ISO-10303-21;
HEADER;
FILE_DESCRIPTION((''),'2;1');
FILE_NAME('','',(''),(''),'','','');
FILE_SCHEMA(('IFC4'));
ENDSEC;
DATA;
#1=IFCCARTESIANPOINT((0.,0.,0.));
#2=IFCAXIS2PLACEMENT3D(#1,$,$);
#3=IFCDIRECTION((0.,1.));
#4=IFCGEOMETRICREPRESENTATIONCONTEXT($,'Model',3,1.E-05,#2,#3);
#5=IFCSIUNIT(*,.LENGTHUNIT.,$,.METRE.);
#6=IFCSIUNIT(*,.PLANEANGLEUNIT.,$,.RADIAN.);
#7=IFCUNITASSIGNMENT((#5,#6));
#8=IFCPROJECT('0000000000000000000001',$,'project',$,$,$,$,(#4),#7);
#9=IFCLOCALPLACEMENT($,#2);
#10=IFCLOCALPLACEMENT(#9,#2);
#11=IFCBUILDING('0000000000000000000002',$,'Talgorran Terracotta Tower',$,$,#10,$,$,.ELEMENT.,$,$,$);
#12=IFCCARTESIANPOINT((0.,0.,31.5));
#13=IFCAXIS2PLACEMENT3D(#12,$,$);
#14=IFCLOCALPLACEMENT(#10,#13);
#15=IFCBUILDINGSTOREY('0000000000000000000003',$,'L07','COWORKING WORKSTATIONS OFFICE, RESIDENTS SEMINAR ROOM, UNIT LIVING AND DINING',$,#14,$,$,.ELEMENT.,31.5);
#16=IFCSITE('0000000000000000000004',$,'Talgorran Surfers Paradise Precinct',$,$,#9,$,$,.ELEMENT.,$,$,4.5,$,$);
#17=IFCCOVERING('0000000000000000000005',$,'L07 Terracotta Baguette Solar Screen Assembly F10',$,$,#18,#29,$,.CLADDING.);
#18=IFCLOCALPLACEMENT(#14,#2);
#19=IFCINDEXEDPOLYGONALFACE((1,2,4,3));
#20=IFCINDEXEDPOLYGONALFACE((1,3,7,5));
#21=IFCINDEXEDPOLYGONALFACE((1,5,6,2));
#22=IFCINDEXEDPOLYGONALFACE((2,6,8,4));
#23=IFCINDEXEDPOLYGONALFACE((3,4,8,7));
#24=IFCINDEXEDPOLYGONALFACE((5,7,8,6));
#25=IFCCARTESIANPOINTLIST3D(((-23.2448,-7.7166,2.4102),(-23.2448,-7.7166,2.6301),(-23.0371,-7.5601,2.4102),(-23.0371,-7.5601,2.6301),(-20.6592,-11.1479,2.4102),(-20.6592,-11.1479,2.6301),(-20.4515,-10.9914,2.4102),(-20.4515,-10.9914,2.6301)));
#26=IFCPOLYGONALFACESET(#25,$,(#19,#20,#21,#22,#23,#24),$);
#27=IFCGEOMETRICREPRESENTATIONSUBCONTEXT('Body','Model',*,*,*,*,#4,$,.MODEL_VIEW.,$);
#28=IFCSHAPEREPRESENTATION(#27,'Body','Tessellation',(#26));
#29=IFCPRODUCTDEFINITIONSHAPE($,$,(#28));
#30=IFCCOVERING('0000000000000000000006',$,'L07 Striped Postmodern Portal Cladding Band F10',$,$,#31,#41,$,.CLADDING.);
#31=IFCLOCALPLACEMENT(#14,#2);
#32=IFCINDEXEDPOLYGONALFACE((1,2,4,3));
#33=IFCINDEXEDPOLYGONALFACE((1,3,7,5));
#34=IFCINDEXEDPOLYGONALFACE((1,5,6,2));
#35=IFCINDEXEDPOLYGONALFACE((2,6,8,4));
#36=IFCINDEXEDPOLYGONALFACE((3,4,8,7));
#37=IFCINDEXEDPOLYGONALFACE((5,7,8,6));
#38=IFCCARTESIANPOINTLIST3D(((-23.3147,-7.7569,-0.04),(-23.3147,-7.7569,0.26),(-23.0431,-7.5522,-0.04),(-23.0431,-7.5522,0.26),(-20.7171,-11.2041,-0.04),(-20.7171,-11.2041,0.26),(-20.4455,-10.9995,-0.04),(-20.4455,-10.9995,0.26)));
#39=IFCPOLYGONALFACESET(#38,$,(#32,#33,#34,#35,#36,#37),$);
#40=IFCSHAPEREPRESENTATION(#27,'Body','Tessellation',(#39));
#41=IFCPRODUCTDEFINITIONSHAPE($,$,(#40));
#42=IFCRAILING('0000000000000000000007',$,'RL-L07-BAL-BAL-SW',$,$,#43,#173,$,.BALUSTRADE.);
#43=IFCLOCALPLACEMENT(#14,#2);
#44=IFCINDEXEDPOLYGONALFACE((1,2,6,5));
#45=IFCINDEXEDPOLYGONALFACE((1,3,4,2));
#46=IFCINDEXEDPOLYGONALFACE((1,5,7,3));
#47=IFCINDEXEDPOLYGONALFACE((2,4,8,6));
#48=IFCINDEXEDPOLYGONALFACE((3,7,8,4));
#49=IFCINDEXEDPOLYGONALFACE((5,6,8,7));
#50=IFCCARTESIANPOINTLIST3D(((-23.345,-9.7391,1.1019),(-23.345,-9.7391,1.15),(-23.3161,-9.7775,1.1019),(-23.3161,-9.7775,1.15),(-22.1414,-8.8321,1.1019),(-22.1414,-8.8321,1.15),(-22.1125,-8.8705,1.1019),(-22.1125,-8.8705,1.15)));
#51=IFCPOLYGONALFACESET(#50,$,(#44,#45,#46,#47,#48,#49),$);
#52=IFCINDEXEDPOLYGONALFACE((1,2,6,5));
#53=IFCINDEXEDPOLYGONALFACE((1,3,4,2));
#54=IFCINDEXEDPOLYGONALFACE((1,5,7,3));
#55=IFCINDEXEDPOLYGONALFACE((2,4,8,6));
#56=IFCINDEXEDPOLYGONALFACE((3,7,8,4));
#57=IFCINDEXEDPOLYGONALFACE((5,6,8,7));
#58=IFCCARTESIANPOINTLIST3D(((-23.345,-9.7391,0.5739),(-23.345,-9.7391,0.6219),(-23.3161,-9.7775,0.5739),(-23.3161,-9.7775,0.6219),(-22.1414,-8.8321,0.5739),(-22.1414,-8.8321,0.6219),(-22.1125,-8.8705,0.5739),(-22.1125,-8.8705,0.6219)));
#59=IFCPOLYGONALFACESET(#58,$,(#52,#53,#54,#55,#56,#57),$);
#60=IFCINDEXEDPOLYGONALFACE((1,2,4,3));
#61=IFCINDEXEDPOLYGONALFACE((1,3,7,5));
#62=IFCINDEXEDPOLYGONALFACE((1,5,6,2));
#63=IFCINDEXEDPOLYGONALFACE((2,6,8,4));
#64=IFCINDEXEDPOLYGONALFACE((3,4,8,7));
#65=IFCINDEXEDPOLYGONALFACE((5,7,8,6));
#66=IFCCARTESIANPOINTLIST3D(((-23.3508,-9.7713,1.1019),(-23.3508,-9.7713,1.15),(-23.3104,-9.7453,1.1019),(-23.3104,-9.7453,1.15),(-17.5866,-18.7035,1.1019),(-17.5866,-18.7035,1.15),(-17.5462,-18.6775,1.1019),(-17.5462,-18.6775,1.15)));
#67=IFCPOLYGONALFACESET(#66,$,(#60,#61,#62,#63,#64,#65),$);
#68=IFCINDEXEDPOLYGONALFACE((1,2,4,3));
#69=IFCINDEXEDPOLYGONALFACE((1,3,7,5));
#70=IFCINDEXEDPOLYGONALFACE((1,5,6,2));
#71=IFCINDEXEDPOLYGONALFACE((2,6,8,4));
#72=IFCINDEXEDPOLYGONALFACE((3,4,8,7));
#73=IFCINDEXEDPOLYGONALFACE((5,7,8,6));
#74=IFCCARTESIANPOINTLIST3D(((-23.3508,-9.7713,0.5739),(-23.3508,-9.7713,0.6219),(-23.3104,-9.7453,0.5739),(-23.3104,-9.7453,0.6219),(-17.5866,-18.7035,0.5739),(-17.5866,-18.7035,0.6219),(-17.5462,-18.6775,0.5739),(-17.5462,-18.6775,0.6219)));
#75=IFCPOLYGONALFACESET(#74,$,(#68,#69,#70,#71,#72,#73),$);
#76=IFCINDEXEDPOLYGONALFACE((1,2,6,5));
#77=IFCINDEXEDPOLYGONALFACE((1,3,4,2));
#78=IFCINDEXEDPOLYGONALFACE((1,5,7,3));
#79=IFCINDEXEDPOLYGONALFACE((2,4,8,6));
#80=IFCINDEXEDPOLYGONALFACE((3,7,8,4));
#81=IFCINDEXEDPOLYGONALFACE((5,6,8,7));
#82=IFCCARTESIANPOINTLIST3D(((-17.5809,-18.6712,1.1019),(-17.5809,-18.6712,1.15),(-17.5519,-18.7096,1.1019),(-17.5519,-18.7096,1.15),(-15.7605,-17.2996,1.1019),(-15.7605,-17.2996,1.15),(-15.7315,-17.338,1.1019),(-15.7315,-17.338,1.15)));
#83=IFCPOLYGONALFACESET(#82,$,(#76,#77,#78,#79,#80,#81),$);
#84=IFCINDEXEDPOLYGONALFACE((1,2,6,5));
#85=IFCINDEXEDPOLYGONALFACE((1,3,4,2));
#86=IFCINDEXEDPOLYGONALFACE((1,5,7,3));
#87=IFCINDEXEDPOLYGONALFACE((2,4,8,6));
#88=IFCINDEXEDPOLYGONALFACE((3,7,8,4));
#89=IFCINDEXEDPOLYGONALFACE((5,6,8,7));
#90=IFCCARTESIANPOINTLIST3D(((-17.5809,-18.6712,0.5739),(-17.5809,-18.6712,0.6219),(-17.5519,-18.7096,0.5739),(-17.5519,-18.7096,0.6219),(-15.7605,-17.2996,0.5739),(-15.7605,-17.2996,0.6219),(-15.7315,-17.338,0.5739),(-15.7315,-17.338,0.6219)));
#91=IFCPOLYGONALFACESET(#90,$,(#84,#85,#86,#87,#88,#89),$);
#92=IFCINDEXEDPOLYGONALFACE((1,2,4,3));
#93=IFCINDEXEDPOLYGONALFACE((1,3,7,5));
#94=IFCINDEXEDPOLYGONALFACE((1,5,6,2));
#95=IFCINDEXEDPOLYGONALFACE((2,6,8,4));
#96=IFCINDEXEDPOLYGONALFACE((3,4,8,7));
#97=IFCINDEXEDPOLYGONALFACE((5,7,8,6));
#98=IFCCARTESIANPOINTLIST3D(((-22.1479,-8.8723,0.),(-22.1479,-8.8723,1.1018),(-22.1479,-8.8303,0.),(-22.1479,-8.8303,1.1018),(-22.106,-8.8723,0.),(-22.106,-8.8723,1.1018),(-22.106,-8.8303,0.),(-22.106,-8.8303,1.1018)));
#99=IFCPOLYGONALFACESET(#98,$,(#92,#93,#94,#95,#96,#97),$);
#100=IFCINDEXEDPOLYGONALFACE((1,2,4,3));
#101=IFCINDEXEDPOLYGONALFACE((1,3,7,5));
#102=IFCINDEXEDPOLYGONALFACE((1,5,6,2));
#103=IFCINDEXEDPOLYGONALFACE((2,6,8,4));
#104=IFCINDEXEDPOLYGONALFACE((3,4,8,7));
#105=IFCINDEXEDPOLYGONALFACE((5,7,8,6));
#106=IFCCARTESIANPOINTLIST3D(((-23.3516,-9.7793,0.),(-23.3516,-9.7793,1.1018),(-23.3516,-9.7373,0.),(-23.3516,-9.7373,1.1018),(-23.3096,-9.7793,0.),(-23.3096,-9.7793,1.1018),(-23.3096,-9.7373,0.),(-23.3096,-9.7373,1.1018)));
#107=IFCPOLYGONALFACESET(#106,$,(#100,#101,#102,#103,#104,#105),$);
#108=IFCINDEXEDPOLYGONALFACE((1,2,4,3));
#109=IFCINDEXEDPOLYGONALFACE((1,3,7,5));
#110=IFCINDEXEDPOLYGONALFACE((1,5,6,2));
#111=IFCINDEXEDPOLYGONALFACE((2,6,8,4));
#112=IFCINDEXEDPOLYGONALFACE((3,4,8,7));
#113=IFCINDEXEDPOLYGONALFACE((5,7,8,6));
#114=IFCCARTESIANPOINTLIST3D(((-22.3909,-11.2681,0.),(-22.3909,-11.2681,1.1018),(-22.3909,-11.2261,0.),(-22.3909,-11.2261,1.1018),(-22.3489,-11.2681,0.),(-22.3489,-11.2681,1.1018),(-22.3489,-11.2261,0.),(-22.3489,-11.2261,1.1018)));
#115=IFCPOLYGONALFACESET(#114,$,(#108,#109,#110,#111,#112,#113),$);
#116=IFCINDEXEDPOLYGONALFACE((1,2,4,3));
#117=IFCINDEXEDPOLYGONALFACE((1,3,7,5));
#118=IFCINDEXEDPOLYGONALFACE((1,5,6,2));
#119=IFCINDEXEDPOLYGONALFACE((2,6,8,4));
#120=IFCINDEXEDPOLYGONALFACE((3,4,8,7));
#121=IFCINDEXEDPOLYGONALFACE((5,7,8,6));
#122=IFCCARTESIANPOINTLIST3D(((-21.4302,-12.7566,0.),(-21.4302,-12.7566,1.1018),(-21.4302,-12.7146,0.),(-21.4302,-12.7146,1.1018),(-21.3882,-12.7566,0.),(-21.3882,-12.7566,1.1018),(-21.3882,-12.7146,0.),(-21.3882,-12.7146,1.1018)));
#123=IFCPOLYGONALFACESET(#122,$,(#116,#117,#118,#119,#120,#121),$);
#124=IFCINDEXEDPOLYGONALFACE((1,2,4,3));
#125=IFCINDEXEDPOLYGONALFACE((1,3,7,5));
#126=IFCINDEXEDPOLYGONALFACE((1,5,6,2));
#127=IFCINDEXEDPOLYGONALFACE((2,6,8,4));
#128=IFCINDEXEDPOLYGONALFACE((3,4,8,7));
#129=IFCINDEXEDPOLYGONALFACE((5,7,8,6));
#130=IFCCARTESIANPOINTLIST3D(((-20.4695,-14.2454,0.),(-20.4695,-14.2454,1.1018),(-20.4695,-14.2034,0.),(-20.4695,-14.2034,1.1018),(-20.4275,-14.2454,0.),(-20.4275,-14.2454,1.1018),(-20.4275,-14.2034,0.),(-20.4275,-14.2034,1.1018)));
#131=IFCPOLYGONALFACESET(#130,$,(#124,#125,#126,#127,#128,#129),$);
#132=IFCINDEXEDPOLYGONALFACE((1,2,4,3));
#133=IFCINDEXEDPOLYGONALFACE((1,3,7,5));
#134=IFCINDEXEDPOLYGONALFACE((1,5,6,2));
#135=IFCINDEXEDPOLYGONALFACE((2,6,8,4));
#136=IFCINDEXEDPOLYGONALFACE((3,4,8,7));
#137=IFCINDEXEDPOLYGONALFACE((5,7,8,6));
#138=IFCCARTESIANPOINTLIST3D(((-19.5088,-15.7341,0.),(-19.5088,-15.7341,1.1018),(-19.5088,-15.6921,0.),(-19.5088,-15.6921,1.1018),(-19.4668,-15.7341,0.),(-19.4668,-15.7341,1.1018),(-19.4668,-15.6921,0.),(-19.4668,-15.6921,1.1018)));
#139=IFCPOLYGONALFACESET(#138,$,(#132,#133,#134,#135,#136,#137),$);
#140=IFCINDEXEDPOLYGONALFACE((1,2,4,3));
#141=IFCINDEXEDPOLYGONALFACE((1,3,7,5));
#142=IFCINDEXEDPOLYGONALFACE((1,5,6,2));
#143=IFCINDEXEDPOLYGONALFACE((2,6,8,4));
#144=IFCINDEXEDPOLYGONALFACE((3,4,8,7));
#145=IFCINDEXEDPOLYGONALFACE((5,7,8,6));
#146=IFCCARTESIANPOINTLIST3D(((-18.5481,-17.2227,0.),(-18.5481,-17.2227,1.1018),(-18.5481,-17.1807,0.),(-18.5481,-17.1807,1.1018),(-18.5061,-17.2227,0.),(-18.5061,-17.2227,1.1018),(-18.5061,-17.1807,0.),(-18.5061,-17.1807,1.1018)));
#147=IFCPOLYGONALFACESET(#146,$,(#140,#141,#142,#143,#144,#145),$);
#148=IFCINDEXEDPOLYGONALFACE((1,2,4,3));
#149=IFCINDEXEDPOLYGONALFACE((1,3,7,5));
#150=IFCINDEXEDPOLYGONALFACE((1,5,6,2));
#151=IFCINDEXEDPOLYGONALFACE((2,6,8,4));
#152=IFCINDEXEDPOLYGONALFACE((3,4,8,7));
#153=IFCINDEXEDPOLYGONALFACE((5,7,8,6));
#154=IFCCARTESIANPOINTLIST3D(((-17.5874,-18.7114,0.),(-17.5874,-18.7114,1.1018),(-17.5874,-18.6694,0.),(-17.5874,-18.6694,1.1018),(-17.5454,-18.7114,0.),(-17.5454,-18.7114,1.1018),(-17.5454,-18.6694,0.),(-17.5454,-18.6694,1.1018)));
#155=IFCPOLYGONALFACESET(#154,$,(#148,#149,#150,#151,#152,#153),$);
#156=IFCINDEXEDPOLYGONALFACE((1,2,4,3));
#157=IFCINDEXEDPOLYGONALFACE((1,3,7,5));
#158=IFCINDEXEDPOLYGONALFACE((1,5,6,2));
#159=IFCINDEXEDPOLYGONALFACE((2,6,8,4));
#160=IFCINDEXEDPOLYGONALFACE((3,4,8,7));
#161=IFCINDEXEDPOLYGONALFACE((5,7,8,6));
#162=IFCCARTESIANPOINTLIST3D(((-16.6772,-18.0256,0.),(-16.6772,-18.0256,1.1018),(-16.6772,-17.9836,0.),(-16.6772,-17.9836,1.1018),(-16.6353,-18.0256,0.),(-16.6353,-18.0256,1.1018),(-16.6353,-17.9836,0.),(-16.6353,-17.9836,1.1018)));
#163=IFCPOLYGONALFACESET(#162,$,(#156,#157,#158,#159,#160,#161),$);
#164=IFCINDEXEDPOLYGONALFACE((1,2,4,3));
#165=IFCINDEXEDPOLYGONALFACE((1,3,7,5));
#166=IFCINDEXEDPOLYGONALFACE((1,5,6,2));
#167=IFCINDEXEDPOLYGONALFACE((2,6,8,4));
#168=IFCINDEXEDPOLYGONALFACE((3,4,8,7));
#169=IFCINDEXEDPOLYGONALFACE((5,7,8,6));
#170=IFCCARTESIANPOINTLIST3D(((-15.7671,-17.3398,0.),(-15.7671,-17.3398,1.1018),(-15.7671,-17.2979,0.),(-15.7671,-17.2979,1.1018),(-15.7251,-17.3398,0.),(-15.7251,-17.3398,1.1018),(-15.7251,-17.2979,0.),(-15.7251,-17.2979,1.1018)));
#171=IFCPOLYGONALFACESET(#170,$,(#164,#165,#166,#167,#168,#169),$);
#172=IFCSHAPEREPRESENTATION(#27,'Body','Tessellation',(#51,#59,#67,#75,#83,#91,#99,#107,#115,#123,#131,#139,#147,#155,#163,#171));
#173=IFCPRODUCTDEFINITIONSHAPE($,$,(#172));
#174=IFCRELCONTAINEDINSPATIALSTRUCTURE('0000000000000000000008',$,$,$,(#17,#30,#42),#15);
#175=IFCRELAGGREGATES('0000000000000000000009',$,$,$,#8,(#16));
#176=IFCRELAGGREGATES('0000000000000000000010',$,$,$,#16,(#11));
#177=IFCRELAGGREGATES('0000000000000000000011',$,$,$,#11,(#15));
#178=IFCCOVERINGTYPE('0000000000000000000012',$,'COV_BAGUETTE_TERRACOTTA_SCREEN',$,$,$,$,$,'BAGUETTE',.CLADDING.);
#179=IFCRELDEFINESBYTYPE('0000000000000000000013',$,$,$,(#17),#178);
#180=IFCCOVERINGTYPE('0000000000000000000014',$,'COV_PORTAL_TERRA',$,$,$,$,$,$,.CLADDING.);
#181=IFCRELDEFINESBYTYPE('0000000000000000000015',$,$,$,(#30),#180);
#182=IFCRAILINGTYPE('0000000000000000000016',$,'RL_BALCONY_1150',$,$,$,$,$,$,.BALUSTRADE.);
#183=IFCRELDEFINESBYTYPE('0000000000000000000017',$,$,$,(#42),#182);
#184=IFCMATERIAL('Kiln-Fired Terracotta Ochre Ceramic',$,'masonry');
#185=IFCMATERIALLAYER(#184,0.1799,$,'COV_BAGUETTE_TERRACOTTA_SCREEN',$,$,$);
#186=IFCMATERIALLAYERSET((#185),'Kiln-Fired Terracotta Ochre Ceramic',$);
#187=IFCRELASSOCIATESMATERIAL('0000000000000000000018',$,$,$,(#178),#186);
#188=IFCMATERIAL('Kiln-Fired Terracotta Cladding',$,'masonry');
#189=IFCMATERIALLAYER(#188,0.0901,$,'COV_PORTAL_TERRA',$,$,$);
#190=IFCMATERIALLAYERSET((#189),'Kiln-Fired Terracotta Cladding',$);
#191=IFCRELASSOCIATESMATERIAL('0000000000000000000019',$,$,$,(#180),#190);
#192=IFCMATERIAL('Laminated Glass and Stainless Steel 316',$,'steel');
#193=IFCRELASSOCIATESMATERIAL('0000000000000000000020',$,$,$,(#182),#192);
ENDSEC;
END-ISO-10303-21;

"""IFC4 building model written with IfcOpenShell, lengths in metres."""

from ifc_helpers import new_model, si_unit, direction, frame, origin, origin_2d, place, context, subcontext, project, spatial, rectangle, extrude, material, layer, layer_set, type_object, element, save


model = new_model("IFC4")

# Units and contexts
model_context = context("Model", 3, precision=1e-05, world=origin(), true_north=direction((0.0, 1.0)))
body_context = subcontext(model_context, "Body", "Model", "MODEL_VIEW")
ifc_project = project(units=[si_unit("LENGTHUNIT", "METRE"), si_unit("PLANEANGLEUNIT", "RADIAN")], contexts=[model_context])

# Site, building, storey
site_placement = place(None, origin())
site = spatial("IfcSite", under=ifc_project, at=site_placement, Name="Talgorran Surfers Paradise Precinct", CompositionType="ELEMENT", RefElevation=4.5)
building_placement = place(site_placement, origin())
building = spatial("IfcBuilding", under=site, at=building_placement, Name="Talgorran Terracotta Tower", CompositionType="ELEMENT")
storey_placement = place(building_placement, frame((0.0, 0.0, 31.5)))
storey = spatial("IfcBuildingStorey", under=building, at=storey_placement, Name="L07", Description="COWORKING WORKSTATIONS OFFICE, RESIDENTS SEMINAR ROOM, UNIT LIVING AND DINING", CompositionType="ELEMENT", Elevation=31.5)

# Coverings
ifc_material_1 = material(Name="Kiln-Fired Terracotta Ochre Ceramic", Category="masonry")
ifc_layer_1 = layer(ifc_material_1, 0.1799, Name="COV_BAGUETTE_TERRACOTTA_SCREEN")
ifc_layer_set_1 = layer_set([ifc_layer_1], Name="Kiln-Fired Terracotta Ochre Ceramic")
covering_type_1 = type_object("IfcCoveringType", Name="COV_BAGUETTE_TERRACOTTA_SCREEN", ElementType="BAGUETTE", PredefinedType="CLADDING", material=ifc_layer_set_1)
covering_1_placement = place(storey_placement, frame((-21.8481, -9.354, 2.4102), z_axis=(0.0, 0.0, 1.0), x_axis=(0.601801, -0.798646, 0.0)))
element("IfcCovering", 1, at=covering_1_placement, inside=storey, type_object=covering_type_1, Name="L07 Terracotta Baguette Solar Screen Assembly F10", PredefinedType="CLADDING", context=body_context, shape_type="SweptSolid", body=[
    extrude(rectangle(XDim=4.2964, YDim=0.26, at=origin_2d()), origin(), (0.0, 0.0, 1.0), 0.22),
])
ifc_material_2 = material(Name="Kiln-Fired Terracotta Cladding", Category="masonry")
ifc_layer_2 = layer(ifc_material_2, 0.0901, Name="COV_PORTAL_TERRA")
ifc_layer_set_2 = layer_set([ifc_layer_2], Name="Kiln-Fired Terracotta Cladding")
covering_type_2 = type_object("IfcCoveringType", Name="COV_PORTAL_TERRA", PredefinedType="CLADDING", material=ifc_layer_set_2)
covering_2_placement = place(storey_placement, frame((-21.8801, -9.3782, -0.04), z_axis=(0.0, 0.0, 1.0), x_axis=(0.601801, -0.798646, 0.0)))
element("IfcCovering", 2, at=covering_2_placement, inside=storey, type_object=covering_type_2, Name="L07 Striped Postmodern Portal Cladding Band F10", PredefinedType="CLADDING", context=body_context, shape_type="SweptSolid", body=[
    extrude(rectangle(XDim=4.3164, YDim=0.3401, at=origin_2d()), origin(), (0.0, 0.0, 1.0), 0.3),
])

# Railing
ifc_material_3 = material(Name="Laminated Glass and Stainless Steel 316", Category="steel")
railing_type_1 = type_object("IfcRailingType", Name="RL_BALCONY_1150", PredefinedType="BALUSTRADE", material=ifc_material_3)
railing_1_placement = place(storey_placement, frame((-22.127, -8.8513, 0.0)))
element("IfcRailing", 3, at=railing_1_placement, inside=storey, type_object=railing_type_1, Name="RL-L07-BAL-BAL-SW", PredefinedType="BALUSTRADE", context=body_context, shape_type="SweptSolid", body=[
    extrude(rectangle(XDim=0.0481, YDim=0.0481, at=origin_2d()), frame((0.0, 0.0, 1.126), z_axis=(-0.798637, -0.601813, 0.0), x_axis=(0.601813, -0.798637, 0.0)), (0.0, 0.0, 1.0), 1.5071),
    extrude(rectangle(XDim=0.0481, YDim=0.0481, at=origin_2d()), frame((0.0, 0.0, 0.5979), z_axis=(-0.798637, -0.601813, 0.0), x_axis=(0.601813, -0.798637, 0.0)), (0.0, 0.0, 1.0), 1.5071),
    extrude(rectangle(XDim=0.0481, YDim=0.0481, at=origin_2d()), frame((-1.2036, -0.907, 1.126), z_axis=(0.542226, -0.840233, 0.0), x_axis=(0.840233, 0.542226, 0.0)), (0.0, 0.0, 1.0), 10.6306),
    extrude(rectangle(XDim=0.0481, YDim=0.0481, at=origin_2d()), frame((-1.2036, -0.907, 0.5979), z_axis=(0.542226, -0.840233, 0.0), x_axis=(0.840233, 0.542226, 0.0)), (0.0, 0.0, 1.0), 10.6306),
    extrude(rectangle(XDim=0.0481, YDim=0.0481, at=origin_2d()), frame((4.5605, -9.8391, 1.126), z_axis=(0.798661, 0.601781, 0.0), x_axis=(-0.601781, 0.798661, 0.0)), (0.0, 0.0, 1.0), 2.2793),
    extrude(rectangle(XDim=0.0481, YDim=0.0481, at=origin_2d()), frame((4.5605, -9.8391, 0.5979), z_axis=(0.798661, 0.601781, 0.0), x_axis=(-0.601781, 0.798661, 0.0)), (0.0, 0.0, 1.0), 2.2793),
    extrude(rectangle(XDim=0.042, YDim=0.042, at=origin_2d()), origin(), (0.0, 0.0, 1.0), 1.1018),
    extrude(rectangle(XDim=0.042, YDim=0.042, at=origin_2d()), frame((-1.2036, -0.907, 0.0)), (0.0, 0.0, 1.0), 1.1018),
    extrude(rectangle(XDim=0.042, YDim=0.042, at=origin_2d()), frame((-0.2429, -2.3958, 0.0)), (0.0, 0.0, 1.0), 1.1018),
    extrude(rectangle(XDim=0.042, YDim=0.042, at=origin_2d()), frame((0.7178, -3.8843, 0.0)), (0.0, 0.0, 1.0), 1.1018),
    extrude(rectangle(XDim=0.042, YDim=0.042, at=origin_2d()), frame((1.6785, -5.373, 0.0)), (0.0, 0.0, 1.0), 1.1018),
    extrude(rectangle(XDim=0.042, YDim=0.042, at=origin_2d()), frame((2.6392, -6.8618, 0.0)), (0.0, 0.0, 1.0), 1.1018),
    extrude(rectangle(XDim=0.042, YDim=0.042, at=origin_2d()), frame((3.5999, -8.3503, 0.0)), (0.0, 0.0, 1.0), 1.1018),
    extrude(rectangle(XDim=0.042, YDim=0.042, at=origin_2d()), frame((4.5605, -9.8391, 0.0)), (0.0, 0.0, 1.0), 1.1018),
    extrude(rectangle(XDim=0.042, YDim=0.042, at=origin_2d()), frame((5.4707, -9.1533, 0.0)), (0.0, 0.0, 1.0), 1.1018),
    extrude(rectangle(XDim=0.042, YDim=0.042, at=origin_2d()), frame((6.3809, -8.4675, 0.0)), (0.0, 0.0, 1.0), 1.1018),
])

save(model, "model.ifc")
